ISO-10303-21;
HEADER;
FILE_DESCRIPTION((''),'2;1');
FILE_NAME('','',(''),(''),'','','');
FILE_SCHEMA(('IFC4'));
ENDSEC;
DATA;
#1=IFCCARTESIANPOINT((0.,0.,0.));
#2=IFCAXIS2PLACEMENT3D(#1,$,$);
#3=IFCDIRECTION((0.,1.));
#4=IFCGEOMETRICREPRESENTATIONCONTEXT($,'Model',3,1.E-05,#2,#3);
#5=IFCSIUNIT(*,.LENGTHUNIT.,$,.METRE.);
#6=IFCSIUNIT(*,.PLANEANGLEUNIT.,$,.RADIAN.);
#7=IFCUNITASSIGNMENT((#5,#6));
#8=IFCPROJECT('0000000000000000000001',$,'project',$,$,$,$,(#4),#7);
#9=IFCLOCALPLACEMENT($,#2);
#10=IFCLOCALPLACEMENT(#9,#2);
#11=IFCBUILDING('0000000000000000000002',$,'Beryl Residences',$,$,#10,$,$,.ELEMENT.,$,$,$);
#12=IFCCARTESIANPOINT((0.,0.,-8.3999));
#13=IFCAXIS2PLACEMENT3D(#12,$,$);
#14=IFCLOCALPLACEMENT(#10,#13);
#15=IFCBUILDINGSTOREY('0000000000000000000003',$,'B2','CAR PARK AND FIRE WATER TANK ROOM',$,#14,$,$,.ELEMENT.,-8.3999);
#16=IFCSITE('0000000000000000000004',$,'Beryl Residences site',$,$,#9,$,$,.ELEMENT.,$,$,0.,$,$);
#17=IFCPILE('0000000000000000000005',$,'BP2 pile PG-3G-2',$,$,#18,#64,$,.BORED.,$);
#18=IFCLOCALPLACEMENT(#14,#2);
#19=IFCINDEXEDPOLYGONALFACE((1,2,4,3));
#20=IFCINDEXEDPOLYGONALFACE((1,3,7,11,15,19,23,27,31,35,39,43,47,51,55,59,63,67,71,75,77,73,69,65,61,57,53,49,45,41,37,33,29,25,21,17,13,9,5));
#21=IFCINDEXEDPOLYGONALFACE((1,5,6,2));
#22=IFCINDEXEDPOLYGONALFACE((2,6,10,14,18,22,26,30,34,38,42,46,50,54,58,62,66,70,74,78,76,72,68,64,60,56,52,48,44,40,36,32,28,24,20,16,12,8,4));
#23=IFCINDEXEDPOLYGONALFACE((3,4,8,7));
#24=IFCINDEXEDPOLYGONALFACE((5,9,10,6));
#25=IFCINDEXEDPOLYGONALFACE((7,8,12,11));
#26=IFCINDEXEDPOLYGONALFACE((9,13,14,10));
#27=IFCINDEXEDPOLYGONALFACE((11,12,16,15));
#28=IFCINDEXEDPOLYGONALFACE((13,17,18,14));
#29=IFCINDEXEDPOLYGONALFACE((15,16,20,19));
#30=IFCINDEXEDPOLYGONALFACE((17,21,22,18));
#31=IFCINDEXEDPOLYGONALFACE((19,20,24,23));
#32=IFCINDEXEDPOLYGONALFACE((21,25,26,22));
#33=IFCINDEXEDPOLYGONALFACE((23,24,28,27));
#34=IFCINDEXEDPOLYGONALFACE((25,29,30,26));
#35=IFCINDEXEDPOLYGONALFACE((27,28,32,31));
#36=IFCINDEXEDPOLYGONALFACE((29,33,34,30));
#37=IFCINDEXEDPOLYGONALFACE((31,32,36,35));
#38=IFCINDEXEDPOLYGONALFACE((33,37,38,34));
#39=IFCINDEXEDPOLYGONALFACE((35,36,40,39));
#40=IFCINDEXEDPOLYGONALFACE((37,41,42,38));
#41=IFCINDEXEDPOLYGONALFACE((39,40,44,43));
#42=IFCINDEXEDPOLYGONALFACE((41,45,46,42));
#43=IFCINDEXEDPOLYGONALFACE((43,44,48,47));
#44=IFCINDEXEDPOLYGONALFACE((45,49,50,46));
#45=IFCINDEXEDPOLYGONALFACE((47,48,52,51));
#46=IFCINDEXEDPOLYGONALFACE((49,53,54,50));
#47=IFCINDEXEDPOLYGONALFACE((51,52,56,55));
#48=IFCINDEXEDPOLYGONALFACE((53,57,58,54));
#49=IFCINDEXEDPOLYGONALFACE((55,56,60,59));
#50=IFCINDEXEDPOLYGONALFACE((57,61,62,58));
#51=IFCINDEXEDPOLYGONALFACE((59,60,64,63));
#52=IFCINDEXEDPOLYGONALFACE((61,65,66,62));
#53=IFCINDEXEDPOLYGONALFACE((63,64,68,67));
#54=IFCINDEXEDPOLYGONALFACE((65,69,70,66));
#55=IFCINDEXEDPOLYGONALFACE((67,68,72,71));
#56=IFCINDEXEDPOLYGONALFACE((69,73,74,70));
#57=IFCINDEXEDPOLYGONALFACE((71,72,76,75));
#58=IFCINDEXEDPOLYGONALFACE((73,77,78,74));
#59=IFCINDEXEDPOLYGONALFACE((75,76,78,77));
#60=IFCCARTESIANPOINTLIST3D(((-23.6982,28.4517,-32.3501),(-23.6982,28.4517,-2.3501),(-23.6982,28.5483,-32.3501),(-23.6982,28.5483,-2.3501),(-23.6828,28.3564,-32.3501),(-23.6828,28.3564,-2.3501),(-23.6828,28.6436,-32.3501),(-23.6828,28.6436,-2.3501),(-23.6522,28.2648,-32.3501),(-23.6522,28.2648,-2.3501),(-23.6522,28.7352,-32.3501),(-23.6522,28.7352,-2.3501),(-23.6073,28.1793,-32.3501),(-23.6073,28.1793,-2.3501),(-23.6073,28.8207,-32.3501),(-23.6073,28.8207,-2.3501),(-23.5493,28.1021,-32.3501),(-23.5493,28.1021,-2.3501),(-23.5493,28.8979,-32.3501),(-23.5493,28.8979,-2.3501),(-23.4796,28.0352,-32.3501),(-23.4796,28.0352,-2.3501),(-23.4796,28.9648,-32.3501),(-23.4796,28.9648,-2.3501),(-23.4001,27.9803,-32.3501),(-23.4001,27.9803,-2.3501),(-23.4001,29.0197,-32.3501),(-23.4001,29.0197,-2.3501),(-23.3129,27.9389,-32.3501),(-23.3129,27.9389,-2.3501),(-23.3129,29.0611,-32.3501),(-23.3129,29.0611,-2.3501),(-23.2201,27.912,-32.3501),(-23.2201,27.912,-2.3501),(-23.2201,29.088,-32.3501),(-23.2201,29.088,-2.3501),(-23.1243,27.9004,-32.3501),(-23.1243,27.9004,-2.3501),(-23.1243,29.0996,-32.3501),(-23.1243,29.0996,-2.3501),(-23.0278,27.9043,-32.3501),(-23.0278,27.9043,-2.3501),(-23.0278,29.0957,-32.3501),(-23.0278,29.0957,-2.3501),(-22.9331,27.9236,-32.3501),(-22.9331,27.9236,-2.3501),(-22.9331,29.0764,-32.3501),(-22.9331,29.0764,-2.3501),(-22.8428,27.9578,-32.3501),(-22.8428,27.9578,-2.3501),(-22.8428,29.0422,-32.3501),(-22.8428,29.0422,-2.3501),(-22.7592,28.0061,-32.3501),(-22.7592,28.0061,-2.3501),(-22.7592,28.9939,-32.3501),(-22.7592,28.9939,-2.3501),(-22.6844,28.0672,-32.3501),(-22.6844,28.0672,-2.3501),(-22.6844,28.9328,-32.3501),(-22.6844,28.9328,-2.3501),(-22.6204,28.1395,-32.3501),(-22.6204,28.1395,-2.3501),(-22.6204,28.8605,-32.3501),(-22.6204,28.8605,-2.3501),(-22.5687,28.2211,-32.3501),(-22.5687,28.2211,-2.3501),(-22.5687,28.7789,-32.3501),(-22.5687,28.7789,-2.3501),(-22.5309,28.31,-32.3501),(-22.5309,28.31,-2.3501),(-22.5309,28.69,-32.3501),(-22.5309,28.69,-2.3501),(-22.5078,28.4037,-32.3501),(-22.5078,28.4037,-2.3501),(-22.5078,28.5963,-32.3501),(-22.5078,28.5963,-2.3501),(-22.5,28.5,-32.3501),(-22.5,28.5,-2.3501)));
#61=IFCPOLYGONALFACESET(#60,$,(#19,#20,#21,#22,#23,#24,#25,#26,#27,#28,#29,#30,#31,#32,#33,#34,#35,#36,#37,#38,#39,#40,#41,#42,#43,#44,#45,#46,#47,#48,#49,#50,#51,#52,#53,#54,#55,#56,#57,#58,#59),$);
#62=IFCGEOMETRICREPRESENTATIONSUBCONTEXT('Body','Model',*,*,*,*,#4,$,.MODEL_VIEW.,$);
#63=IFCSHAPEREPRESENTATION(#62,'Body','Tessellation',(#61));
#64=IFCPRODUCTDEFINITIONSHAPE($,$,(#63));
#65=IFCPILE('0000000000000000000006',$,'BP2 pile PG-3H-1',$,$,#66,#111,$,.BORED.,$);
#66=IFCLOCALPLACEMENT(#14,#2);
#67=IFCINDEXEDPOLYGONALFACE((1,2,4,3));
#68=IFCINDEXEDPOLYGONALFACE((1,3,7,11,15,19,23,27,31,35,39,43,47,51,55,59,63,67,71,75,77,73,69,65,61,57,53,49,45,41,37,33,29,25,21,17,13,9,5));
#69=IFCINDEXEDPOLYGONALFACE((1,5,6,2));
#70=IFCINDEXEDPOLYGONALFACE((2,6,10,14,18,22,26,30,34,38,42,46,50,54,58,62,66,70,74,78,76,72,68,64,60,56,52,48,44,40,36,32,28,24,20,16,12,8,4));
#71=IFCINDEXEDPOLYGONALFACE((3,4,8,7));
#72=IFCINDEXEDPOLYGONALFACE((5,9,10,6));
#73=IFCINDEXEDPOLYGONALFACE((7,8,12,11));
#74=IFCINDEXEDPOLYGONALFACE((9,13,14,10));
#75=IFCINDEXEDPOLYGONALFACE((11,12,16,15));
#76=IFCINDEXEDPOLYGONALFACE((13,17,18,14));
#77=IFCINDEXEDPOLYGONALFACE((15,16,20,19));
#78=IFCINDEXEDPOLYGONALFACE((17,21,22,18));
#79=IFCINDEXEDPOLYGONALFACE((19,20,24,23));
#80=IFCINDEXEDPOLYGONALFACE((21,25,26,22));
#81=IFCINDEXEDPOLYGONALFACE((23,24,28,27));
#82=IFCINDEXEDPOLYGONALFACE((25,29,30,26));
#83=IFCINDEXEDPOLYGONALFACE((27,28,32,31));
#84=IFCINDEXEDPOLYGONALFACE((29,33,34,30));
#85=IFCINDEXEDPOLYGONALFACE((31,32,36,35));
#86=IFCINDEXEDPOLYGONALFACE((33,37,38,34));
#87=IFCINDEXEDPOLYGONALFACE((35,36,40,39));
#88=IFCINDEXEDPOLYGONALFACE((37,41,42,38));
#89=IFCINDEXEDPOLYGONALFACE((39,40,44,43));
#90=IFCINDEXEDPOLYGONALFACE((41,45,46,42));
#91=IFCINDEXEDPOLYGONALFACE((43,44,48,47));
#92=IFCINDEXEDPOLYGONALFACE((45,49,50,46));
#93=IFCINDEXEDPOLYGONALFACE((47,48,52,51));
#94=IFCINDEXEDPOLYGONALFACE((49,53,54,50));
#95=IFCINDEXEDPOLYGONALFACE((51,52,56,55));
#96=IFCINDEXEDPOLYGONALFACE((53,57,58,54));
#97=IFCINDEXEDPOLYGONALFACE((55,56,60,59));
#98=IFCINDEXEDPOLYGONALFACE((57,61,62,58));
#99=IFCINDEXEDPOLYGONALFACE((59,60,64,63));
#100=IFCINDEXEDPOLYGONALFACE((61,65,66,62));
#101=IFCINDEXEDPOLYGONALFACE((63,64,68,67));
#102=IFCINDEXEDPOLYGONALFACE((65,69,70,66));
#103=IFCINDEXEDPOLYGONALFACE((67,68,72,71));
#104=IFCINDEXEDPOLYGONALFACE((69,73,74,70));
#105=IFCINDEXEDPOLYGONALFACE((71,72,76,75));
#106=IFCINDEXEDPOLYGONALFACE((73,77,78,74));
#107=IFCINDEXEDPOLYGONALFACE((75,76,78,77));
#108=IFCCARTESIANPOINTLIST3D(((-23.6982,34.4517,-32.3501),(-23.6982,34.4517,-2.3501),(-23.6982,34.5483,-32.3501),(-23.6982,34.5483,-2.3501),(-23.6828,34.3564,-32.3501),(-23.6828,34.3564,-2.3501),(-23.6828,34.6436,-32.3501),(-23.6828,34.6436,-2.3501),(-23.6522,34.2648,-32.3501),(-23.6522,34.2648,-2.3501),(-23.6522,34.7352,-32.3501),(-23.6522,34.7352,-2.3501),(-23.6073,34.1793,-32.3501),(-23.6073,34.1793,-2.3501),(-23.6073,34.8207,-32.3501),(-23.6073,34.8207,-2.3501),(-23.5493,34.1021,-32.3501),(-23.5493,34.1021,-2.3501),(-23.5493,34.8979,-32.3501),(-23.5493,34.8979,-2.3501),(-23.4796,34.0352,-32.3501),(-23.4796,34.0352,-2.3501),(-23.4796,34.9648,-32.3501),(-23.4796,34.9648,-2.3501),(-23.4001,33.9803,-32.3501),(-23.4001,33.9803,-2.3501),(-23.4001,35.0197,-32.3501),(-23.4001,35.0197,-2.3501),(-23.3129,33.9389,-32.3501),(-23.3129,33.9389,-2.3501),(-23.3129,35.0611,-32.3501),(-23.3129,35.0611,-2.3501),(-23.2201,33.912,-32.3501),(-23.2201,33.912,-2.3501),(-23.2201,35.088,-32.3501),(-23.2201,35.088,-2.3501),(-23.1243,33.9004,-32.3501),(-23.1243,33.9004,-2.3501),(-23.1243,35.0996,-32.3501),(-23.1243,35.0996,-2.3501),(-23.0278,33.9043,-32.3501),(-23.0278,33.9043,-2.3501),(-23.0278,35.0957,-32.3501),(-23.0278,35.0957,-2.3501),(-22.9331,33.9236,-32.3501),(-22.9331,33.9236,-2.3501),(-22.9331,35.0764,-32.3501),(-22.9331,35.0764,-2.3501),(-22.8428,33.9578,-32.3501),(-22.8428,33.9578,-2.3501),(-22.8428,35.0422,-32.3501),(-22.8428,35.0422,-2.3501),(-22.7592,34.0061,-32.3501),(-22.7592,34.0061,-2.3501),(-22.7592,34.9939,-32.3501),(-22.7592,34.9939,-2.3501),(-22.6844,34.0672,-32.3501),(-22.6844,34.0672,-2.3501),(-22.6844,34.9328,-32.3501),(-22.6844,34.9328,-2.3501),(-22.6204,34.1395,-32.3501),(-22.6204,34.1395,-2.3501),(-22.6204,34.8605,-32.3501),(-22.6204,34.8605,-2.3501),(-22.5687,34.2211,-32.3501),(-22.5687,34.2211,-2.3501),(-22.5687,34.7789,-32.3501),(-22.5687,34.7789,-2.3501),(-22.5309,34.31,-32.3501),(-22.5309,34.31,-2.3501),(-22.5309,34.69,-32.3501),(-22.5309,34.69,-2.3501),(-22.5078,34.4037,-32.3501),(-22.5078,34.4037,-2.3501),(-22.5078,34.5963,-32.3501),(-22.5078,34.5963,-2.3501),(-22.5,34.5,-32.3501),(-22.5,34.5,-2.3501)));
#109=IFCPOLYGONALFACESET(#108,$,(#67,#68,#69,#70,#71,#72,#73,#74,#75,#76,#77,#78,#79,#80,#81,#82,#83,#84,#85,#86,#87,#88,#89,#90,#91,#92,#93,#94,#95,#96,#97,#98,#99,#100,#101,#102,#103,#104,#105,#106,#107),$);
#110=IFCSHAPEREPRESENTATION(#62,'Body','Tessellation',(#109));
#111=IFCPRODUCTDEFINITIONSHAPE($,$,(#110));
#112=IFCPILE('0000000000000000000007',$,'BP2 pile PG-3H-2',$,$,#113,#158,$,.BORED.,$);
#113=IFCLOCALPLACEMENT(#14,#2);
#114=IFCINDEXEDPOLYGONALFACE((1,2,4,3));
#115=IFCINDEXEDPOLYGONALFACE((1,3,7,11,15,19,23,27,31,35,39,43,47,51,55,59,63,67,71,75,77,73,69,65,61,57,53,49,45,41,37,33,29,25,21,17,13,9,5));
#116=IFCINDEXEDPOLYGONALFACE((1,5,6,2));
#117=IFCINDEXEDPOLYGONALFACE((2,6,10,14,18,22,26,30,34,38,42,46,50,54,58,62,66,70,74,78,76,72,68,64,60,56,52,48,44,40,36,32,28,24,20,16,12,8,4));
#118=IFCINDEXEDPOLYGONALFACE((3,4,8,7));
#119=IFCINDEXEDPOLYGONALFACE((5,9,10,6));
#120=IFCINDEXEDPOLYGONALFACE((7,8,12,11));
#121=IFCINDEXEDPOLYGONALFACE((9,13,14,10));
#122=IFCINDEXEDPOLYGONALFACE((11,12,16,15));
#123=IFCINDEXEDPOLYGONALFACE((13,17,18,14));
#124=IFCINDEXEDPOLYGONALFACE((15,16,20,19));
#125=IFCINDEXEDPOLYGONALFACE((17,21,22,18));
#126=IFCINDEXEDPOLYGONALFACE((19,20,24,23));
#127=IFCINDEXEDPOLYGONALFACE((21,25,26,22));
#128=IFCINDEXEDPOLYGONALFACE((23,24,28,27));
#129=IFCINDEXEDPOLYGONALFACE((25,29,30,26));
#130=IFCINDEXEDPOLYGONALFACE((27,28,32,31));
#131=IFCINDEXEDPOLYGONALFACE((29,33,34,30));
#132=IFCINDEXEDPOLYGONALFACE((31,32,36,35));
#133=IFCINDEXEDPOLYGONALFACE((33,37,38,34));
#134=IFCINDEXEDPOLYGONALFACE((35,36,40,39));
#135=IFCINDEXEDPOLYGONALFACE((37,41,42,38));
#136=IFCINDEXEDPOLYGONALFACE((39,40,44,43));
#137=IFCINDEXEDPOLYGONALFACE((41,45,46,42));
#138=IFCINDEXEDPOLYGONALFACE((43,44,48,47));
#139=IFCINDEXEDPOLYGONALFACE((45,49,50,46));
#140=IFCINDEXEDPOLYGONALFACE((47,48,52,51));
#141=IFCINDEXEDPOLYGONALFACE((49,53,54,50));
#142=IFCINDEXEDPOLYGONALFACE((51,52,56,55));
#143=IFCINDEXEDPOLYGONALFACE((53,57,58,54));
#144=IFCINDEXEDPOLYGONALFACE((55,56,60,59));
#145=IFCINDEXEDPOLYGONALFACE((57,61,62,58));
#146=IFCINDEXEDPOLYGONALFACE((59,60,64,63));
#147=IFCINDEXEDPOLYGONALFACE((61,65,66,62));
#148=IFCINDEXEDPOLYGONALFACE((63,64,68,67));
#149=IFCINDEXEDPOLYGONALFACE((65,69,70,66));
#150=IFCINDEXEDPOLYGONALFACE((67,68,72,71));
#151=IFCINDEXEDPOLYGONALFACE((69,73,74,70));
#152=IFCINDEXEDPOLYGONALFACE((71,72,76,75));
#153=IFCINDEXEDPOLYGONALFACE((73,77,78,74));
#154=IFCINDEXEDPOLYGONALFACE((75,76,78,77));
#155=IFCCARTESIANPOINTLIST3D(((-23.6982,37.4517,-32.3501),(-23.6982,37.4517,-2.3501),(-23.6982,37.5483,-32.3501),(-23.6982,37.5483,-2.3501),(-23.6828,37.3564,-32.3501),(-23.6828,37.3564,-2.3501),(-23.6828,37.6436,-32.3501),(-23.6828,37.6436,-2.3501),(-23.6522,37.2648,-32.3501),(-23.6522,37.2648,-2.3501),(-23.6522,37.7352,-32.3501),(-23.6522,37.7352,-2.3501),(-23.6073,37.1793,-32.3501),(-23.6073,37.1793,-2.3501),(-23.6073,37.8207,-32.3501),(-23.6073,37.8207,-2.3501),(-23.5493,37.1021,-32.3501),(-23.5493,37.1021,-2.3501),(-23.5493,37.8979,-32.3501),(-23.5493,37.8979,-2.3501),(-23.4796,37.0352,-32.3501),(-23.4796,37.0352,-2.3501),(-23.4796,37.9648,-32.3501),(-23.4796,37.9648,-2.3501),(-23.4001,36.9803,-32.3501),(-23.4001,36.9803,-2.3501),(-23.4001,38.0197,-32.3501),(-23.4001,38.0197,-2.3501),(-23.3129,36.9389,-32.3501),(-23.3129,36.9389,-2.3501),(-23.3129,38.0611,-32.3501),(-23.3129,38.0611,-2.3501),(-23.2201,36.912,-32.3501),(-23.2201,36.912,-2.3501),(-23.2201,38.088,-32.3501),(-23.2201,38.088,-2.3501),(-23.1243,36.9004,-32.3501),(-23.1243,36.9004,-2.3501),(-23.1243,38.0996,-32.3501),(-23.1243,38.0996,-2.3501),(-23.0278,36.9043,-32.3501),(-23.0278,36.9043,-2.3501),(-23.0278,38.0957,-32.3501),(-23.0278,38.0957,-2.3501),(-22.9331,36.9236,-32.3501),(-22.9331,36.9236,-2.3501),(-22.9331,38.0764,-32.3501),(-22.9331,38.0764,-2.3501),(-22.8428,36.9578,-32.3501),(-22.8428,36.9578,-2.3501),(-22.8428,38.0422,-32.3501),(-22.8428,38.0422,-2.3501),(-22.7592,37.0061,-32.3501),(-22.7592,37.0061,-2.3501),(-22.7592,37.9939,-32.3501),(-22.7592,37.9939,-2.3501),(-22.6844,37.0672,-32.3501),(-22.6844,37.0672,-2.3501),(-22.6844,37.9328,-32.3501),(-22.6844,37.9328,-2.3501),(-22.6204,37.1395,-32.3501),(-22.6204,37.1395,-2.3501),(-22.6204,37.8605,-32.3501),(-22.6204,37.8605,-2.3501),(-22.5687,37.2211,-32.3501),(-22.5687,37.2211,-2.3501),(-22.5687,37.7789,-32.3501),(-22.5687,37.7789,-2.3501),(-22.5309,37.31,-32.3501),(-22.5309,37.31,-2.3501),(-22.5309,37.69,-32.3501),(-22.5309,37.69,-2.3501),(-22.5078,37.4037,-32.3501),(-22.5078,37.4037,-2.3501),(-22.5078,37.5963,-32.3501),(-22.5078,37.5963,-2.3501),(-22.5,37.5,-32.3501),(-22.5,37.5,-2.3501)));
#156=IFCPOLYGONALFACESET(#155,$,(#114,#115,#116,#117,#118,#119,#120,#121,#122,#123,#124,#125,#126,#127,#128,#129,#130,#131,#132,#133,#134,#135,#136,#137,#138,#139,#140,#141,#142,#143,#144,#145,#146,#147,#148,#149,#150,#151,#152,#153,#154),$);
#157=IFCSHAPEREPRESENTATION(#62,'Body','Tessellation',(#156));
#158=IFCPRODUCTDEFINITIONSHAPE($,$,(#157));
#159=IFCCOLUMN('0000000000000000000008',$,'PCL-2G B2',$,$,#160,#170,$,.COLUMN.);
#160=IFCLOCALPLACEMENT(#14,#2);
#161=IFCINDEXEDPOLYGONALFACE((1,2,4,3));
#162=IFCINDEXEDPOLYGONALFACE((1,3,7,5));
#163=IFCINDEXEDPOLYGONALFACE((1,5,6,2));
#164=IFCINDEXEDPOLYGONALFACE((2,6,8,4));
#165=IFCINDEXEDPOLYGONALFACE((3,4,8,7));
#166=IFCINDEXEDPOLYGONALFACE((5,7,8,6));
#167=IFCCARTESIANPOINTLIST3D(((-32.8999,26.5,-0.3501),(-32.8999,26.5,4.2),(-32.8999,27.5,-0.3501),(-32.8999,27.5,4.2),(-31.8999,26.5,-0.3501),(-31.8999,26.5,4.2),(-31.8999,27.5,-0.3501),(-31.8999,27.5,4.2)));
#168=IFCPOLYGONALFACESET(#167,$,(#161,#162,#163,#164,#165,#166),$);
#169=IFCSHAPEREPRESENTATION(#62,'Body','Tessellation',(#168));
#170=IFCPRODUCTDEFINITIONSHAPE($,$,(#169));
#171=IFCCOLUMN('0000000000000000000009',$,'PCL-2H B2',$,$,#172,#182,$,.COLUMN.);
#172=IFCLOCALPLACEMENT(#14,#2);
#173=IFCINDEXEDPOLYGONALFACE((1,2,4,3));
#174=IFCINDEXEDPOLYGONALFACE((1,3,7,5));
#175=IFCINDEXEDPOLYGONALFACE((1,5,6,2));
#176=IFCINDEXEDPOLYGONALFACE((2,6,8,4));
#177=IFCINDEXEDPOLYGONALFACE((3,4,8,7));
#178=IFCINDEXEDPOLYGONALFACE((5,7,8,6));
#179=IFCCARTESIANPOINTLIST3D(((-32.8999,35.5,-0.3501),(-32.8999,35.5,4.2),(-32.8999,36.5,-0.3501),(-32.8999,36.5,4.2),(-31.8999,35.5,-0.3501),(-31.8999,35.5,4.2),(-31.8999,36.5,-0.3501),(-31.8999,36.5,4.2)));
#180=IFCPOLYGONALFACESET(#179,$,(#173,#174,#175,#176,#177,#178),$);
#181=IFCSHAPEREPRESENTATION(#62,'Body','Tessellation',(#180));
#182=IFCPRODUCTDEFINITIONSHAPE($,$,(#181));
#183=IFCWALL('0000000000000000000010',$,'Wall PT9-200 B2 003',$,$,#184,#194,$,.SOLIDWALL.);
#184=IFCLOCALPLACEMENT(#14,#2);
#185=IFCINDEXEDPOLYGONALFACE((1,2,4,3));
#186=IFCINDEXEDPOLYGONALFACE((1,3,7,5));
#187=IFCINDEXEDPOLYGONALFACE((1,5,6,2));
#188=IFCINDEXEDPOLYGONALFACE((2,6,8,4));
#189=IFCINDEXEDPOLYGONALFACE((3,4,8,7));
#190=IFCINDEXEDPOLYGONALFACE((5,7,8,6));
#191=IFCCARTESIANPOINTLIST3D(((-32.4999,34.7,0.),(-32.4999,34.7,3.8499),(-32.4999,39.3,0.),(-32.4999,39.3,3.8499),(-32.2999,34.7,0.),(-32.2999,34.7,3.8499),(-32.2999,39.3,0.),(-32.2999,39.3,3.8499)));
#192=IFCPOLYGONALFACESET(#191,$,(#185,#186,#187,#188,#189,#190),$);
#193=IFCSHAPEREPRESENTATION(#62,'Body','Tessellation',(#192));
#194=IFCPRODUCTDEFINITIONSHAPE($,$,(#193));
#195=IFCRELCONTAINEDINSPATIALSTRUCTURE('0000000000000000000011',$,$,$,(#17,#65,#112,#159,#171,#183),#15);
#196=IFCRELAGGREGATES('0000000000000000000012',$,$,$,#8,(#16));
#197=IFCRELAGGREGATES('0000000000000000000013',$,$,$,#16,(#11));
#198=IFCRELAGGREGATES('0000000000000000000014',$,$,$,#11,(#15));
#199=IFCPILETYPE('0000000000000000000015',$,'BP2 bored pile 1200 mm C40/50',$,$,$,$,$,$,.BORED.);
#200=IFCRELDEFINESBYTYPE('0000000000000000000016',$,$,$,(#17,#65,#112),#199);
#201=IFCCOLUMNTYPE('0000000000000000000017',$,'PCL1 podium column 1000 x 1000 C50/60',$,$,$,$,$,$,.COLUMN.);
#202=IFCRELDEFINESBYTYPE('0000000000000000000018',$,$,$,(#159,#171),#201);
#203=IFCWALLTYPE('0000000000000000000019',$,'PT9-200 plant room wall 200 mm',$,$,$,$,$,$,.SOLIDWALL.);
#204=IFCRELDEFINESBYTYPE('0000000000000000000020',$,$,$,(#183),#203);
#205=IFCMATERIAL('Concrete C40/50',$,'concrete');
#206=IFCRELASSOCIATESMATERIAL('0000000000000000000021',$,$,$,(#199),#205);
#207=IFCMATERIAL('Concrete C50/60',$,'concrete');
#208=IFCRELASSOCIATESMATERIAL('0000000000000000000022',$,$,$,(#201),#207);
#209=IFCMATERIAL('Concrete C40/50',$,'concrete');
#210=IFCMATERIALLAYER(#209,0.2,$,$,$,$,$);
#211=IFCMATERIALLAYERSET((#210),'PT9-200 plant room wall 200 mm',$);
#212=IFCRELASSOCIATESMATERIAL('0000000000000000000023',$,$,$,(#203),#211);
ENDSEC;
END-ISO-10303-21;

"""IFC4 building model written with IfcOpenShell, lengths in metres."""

from ifc_helpers import new_model, si_unit, direction, frame, frame_2d, origin, origin_2d, place, context, subcontext, project, spatial, rectangle, circle, extrude, material, layer, layer_set, material_profile, profile_set, type_object, element, save


model = new_model("IFC4")

# Units and contexts
model_context = context("Model", 3, precision=1e-05, world=origin(), true_north=direction((0.0, 1.0)))
body_context = subcontext(model_context, "Body", "Model", "MODEL_VIEW")
ifc_project = project(units=[si_unit("LENGTHUNIT", "METRE"), si_unit("PLANEANGLEUNIT", "RADIAN")], contexts=[model_context])

# Site, building, storey
site_placement = place(None, origin())
site = spatial("IfcSite", under=ifc_project, at=site_placement, Name="Beryl Residences site", CompositionType="ELEMENT", RefElevation=0.0)
building_placement = place(site_placement, origin())
building = spatial("IfcBuilding", under=site, at=building_placement, Name="Beryl Residences", CompositionType="ELEMENT")
storey_placement = place(building_placement, frame((0.0, 0.0, -8.3999)))
storey = spatial("IfcBuildingStorey", under=building, at=storey_placement, Name="B2", Description="CAR PARK AND FIRE WATER TANK ROOM", CompositionType="ELEMENT", Elevation=-8.3999)

# Piles
ifc_material_1 = material(Name="Concrete C40/50", Category="concrete")
ifc_material_profile_1 = material_profile(ifc_material_1, circle(Radius=0.6001, at=origin_2d()))
ifc_profile_set_1 = profile_set([ifc_material_profile_1], Name="Concrete C40/50")
pile_type = type_object("IfcPileType", Name="BP2 bored pile 1200 mm C40/50", PredefinedType="BORED", material=ifc_profile_set_1)
for number, where, z_axis, x_axis, name in (
    (1, (-23.1001, 28.5, -2.3501), (0.0, 0.0, -1.0), (1.0, 0.0, 0.0), "BP2 pile PG-3G-2"),
    (2, (-23.1001, 34.5, -2.3501), (0.0, 0.0, -1.0), (1.0, 0.0, 0.0), "BP2 pile PG-3H-1"),
    (3, (-23.1001, 37.5, -2.3501), (0.0, 0.0, -1.0), (1.0, 0.0, 0.0), "BP2 pile PG-3H-2"),
):
    element("IfcPile", number, at=place(storey_placement, frame(where, z_axis=z_axis, x_axis=x_axis)), inside=storey, type_object=pile_type, Name=name, PredefinedType="BORED", context=body_context, shape_type="SweptSolid", body=[
        extrude(circle(Radius=0.6001, at=origin_2d()), origin(), (0.0, 0.0, 1.0), 30.0),
    ])

# Columns
ifc_material_2 = material(Name="Concrete C50/60", Category="concrete")
ifc_material_profile_2 = material_profile(ifc_material_2, rectangle(XDim=1.0, YDim=1.0, at=origin_2d()))
ifc_profile_set_2 = profile_set([ifc_material_profile_2], Name="Concrete C50/60")
column_type = type_object("IfcColumnType", Name="PCL1 podium column 1000 x 1000 C50/60", PredefinedType="COLUMN", material=ifc_profile_set_2)
for number, where, z_axis, x_axis, name in (
    (4, (-32.3999, 27.0, -0.3501), (0.0, 0.0, 1.0), (1.0, 0.0, 0.0), "PCL-2G B2"),
    (5, (-32.3999, 36.0, -0.3501), (0.0, 0.0, 1.0), (1.0, 0.0, 0.0), "PCL-2H B2"),
):
    element("IfcColumn", number, at=place(storey_placement, frame(where, z_axis=z_axis, x_axis=x_axis)), inside=storey, type_object=column_type, Name=name, PredefinedType="COLUMN", context=body_context, shape_type="SweptSolid", body=[
        extrude(rectangle(XDim=1.0, YDim=1.0, at=origin_2d()), origin(), (0.0, 0.0, 1.0), 4.55),
    ])

# Wall
ifc_material_3 = material(Name="Concrete C40/50", Category="concrete")
ifc_layer = layer(ifc_material_3, 0.2)
ifc_layer_set = layer_set([ifc_layer], Name="PT9-200 plant room wall 200 mm")
wall_type = type_object("IfcWallType", Name="PT9-200 plant room wall 200 mm", PredefinedType="SOLIDWALL", material=ifc_layer_set)
wall_placement = place(storey_placement, frame((-32.3999, 34.7, 0.0), z_axis=(0.0, 0.0, 1.0), x_axis=(0.0, 1.0, 0.0)))
element("IfcWall", 6, at=wall_placement, inside=storey, type_object=wall_type, Name="Wall PT9-200 B2 003", PredefinedType="SOLIDWALL", context=body_context, shape_type="SweptSolid", body=[
    extrude(rectangle(XDim=4.6001, YDim=0.2, at=frame_2d((2.3, 0.0))), origin(), (0.0, 0.0, 1.0), 3.8499),
])

save(model, "model.ifc")
